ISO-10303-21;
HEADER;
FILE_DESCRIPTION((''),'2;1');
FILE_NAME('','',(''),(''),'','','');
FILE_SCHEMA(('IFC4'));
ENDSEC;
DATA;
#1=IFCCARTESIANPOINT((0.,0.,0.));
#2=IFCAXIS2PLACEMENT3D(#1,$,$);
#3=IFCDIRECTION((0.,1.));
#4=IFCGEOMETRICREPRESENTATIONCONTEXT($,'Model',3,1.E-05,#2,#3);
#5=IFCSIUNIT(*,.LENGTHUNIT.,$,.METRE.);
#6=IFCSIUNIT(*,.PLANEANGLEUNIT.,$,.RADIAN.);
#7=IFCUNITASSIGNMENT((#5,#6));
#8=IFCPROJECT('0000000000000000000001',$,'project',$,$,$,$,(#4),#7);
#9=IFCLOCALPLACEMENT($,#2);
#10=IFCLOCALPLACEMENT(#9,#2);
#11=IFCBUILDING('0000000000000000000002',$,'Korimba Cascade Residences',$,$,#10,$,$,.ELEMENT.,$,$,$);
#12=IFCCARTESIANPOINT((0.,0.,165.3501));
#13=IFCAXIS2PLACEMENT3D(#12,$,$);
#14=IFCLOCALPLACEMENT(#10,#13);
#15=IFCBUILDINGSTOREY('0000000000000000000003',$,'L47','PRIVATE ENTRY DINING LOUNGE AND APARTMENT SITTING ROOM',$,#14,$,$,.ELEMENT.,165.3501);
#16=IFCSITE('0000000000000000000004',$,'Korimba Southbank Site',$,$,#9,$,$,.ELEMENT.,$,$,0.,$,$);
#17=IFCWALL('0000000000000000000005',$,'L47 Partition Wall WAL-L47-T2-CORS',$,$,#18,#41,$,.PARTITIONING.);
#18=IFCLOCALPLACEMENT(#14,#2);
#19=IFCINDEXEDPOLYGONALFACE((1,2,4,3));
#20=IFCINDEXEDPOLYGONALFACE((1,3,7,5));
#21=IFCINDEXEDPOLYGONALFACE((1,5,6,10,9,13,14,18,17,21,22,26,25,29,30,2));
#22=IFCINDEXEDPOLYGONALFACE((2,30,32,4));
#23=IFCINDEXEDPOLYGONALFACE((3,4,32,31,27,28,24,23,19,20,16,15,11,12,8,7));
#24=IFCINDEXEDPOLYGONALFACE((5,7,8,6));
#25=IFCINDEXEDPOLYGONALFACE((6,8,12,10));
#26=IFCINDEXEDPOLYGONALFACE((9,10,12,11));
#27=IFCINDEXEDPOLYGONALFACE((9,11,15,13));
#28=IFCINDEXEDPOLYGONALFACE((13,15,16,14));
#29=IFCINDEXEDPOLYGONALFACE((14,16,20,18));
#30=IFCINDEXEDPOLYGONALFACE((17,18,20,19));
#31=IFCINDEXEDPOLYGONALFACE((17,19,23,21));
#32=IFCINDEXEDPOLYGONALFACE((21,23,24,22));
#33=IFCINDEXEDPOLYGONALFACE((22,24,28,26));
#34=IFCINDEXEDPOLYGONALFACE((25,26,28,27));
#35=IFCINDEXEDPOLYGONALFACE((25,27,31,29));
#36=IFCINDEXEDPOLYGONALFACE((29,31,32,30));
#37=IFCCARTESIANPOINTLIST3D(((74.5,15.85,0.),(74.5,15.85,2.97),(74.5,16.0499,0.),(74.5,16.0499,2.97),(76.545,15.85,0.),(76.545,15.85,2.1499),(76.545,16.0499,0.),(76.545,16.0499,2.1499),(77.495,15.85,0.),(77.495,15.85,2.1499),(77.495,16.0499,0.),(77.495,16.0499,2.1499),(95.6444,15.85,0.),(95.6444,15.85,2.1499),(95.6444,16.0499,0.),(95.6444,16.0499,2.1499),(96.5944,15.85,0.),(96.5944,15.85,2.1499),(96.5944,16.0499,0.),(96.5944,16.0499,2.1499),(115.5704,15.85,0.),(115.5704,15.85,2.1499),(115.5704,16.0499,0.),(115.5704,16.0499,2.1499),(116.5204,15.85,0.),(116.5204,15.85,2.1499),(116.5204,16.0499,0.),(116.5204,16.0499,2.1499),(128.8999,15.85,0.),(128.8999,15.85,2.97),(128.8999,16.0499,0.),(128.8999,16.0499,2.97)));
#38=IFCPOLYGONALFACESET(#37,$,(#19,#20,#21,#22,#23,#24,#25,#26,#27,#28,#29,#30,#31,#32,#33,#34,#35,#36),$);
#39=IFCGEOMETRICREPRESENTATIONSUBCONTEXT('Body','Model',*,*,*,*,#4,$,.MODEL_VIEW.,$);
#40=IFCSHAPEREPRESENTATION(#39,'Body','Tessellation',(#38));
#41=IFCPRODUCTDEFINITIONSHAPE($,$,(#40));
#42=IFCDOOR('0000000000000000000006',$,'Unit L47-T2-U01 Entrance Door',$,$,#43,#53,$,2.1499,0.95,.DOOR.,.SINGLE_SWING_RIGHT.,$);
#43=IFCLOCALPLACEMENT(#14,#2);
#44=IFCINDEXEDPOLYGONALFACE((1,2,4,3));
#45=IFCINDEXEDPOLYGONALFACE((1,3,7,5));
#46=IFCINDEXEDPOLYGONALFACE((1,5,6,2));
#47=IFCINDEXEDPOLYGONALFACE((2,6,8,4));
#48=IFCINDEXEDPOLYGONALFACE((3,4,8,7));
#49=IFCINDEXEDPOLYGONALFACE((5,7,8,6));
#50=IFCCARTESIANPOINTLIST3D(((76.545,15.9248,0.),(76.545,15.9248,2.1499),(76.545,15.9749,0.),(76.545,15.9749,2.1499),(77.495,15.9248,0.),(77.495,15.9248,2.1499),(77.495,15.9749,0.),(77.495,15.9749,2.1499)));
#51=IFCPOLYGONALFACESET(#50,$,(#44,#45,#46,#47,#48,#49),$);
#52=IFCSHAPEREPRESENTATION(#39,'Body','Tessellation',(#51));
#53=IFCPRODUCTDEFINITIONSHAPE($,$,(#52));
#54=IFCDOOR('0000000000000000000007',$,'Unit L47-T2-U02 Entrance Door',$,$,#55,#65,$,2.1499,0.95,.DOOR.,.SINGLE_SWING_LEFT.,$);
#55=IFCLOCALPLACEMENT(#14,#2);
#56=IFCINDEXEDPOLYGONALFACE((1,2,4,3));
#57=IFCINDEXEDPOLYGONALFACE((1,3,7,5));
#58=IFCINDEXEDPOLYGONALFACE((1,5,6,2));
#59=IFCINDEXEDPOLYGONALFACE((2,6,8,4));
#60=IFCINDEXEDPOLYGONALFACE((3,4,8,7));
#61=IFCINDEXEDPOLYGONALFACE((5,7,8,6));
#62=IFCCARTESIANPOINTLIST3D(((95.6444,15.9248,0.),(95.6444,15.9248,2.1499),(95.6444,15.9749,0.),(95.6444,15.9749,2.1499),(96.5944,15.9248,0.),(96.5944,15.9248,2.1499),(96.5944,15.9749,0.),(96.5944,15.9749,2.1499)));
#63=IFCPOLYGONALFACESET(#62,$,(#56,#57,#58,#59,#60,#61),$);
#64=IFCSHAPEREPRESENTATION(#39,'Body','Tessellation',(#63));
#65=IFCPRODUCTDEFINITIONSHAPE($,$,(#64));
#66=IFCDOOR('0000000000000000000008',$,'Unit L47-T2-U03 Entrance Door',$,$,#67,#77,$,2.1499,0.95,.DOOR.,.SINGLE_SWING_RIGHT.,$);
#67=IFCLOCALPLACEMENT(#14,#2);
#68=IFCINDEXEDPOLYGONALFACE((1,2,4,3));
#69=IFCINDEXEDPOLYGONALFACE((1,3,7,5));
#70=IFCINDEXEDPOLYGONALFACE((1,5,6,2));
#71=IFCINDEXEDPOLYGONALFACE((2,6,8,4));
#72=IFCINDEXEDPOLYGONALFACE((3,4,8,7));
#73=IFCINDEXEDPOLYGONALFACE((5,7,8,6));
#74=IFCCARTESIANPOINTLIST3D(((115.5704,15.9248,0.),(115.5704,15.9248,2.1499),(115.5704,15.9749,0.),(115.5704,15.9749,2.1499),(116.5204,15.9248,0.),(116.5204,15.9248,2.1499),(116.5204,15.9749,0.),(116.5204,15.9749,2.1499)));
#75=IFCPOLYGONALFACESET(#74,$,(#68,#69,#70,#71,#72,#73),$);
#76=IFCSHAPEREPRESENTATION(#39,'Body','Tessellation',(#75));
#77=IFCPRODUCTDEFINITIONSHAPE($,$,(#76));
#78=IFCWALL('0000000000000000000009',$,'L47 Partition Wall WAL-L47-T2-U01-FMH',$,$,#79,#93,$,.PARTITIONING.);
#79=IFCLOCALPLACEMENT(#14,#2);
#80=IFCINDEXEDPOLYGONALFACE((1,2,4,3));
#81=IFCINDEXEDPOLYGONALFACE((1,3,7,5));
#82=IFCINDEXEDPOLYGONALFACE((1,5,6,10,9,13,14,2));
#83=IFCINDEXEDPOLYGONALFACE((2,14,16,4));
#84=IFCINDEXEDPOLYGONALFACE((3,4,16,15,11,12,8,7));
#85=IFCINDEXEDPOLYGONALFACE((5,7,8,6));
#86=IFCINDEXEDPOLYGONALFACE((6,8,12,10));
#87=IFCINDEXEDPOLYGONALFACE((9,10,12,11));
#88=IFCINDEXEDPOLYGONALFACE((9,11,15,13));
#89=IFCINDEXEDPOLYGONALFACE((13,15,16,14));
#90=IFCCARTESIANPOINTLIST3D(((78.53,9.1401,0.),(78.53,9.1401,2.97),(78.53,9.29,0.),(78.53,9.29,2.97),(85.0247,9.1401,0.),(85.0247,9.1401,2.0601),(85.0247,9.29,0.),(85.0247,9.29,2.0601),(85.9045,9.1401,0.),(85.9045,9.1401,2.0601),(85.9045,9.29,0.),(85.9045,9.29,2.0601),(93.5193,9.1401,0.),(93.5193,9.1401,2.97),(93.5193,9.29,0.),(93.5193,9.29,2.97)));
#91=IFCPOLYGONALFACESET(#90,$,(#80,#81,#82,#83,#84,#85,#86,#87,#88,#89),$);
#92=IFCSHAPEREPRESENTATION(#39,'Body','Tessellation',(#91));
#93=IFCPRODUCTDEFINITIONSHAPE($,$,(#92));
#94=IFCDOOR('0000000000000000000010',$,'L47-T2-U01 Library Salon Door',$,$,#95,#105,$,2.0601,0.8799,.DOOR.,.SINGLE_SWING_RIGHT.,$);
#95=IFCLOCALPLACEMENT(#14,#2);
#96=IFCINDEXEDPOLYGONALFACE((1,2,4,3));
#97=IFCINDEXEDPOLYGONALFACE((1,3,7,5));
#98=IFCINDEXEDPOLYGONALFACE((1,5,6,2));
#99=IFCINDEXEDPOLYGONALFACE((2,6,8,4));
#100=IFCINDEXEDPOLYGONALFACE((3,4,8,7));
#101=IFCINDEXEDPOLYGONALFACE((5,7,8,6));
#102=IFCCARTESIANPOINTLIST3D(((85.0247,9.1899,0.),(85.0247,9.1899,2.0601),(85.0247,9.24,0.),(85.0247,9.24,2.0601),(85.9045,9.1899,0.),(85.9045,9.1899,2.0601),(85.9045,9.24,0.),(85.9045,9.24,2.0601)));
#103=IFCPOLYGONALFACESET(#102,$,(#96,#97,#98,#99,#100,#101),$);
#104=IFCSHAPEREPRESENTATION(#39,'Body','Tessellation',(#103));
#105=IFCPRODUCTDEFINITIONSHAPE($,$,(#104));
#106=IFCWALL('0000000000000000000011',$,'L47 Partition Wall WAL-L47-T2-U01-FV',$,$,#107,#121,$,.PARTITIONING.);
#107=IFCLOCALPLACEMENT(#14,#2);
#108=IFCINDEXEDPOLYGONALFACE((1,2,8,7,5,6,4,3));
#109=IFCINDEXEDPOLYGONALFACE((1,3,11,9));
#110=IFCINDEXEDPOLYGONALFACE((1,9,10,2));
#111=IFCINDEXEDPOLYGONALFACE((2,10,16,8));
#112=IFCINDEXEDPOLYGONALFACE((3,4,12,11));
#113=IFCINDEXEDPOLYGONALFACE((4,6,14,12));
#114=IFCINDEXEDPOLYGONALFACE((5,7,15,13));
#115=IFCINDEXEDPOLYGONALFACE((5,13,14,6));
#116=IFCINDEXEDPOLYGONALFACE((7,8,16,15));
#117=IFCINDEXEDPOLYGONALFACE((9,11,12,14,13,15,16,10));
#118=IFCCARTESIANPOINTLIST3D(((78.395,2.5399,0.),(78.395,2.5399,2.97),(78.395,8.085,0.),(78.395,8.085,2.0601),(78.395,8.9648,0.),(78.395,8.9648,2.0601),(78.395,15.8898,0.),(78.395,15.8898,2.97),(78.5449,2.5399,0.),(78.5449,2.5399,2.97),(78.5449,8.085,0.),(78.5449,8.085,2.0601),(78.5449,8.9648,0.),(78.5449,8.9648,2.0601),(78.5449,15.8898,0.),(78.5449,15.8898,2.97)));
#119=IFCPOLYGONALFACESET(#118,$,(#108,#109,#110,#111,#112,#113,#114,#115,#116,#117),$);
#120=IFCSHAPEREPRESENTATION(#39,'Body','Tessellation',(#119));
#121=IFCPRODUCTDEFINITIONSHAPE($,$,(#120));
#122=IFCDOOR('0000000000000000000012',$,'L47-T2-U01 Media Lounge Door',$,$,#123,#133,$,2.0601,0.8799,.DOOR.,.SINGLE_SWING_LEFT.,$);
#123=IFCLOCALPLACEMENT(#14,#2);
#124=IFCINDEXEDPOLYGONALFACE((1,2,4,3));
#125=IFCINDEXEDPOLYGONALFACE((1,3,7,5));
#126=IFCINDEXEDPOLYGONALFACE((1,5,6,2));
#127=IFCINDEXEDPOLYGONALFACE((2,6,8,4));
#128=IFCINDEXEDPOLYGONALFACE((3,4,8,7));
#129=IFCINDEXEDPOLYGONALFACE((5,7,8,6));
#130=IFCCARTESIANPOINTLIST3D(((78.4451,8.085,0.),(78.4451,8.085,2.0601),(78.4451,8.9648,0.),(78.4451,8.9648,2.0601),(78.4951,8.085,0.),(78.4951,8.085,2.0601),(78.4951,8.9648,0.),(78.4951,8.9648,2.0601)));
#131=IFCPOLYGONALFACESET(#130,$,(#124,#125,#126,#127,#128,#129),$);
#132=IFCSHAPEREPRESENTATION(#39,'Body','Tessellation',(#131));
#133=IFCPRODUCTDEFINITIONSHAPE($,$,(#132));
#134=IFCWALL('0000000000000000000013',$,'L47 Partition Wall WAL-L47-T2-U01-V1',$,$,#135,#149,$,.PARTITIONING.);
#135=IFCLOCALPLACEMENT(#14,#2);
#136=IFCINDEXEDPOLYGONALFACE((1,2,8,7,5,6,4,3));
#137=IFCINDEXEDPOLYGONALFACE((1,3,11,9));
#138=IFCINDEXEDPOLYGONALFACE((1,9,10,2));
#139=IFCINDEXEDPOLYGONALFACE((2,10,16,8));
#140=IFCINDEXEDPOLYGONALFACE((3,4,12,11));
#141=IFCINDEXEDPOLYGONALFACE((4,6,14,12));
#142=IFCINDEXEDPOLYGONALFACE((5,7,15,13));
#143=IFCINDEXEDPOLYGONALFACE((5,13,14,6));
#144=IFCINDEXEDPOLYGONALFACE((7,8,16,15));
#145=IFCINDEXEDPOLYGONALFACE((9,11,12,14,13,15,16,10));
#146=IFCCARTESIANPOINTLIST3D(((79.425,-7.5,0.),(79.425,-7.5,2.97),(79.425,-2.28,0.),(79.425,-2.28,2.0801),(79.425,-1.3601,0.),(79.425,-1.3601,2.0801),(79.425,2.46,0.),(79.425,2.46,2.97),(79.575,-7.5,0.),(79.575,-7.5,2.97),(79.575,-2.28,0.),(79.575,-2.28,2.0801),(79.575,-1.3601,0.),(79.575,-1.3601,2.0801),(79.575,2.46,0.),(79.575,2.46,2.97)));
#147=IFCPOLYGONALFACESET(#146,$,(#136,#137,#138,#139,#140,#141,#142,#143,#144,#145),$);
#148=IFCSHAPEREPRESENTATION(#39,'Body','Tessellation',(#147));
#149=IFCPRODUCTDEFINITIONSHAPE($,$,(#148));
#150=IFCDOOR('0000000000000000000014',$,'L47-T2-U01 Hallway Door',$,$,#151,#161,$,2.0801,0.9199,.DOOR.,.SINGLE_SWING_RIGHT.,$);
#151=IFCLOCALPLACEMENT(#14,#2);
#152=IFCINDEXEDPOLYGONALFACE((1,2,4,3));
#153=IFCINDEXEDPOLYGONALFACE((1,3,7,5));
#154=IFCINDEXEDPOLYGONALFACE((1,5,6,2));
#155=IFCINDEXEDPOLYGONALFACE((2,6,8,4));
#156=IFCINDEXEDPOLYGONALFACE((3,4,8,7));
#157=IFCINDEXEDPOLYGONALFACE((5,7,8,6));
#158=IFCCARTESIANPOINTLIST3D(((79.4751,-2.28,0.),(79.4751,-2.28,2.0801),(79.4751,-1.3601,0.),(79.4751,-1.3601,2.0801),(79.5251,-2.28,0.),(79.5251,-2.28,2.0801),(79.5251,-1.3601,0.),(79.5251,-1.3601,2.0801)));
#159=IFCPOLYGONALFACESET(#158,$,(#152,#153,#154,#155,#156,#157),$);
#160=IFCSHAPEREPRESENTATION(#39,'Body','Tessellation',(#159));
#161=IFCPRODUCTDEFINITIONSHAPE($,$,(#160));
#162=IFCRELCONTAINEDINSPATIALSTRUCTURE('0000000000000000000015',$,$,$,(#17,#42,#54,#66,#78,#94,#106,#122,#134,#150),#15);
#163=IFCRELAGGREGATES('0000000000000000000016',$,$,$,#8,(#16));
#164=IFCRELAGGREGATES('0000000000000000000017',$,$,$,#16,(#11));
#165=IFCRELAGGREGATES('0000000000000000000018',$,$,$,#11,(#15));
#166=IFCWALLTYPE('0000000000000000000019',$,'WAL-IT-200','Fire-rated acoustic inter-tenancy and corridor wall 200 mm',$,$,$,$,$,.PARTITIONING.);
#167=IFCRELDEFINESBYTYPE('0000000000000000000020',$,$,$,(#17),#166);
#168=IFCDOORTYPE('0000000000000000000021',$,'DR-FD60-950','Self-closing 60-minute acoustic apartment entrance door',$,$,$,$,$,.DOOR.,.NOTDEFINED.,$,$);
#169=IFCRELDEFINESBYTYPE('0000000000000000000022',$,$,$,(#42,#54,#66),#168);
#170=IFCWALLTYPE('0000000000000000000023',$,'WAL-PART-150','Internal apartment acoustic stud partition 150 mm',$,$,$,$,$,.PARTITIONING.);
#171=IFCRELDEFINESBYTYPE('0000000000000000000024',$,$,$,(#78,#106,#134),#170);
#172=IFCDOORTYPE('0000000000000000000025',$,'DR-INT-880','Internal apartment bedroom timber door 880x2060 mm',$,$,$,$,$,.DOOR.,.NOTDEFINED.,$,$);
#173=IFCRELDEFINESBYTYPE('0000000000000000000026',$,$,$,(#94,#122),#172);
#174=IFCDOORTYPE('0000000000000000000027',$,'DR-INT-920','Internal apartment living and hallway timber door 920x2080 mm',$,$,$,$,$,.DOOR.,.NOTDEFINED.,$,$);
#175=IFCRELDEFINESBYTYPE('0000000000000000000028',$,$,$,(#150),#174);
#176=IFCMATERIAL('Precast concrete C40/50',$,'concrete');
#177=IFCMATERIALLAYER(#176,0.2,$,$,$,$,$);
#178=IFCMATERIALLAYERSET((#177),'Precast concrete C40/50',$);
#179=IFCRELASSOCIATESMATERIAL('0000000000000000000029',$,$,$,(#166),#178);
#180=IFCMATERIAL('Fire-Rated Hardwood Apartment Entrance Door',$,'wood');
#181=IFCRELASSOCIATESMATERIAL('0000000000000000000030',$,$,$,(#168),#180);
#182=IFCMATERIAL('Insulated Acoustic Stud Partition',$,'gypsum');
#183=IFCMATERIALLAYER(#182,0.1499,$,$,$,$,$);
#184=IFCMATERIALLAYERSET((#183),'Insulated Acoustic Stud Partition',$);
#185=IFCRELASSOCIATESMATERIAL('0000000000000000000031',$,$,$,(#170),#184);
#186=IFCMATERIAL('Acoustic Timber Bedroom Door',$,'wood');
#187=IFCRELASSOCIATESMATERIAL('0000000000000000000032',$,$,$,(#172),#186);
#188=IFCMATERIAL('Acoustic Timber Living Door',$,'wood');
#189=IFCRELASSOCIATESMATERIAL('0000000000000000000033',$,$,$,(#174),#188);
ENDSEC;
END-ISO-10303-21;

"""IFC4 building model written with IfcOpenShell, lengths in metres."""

from ifc_helpers import new_model, si_unit, direction, frame, frame_2d, origin, place, context, subcontext, project, spatial, rectangle, extrude, material, layer, layer_set, type_object, element, fill, save


model = new_model("IFC4")

# Units and contexts
model_context = context("Model", 3, precision=1e-05, world=origin(), true_north=direction((0.0, 1.0)))
body_context = subcontext(model_context, "Body", "Model", "MODEL_VIEW")
ifc_project = project(units=[si_unit("LENGTHUNIT", "METRE"), si_unit("PLANEANGLEUNIT", "RADIAN")], contexts=[model_context])

# Site, building, storey
site_placement = place(None, origin())
site = spatial("IfcSite", under=ifc_project, at=site_placement, Name="Korimba Southbank Site", CompositionType="ELEMENT", RefElevation=0.0)
building_placement = place(site_placement, origin())
building = spatial("IfcBuilding", under=site, at=building_placement, Name="Korimba Cascade Residences", CompositionType="ELEMENT")
storey_placement = place(building_placement, frame((0.0, 0.0, 165.3501)))
storey = spatial("IfcBuildingStorey", under=building, at=storey_placement, Name="L47", Description="PRIVATE ENTRY DINING LOUNGE AND APARTMENT SITTING ROOM", CompositionType="ELEMENT", Elevation=165.3501)

# Shared definitions
ifc_material_1 = material(Name="Precast concrete C40/50", Category="concrete")

# Wall, openings, doors
ifc_layer_1 = layer(ifc_material_1, 0.2)
ifc_layer_set_1 = layer_set([ifc_layer_1], Name="Precast concrete C40/50")
wall_type_1 = type_object("IfcWallType", Name="WAL-IT-200", Description="Fire-rated acoustic inter-tenancy and corridor wall 200 mm", PredefinedType="PARTITIONING", material=ifc_layer_set_1)
wall_1_placement = place(storey_placement, frame((74.5, 15.95, 0.0), z_axis=(0.0, 0.0, 1.0), x_axis=(1.0, 0.0, 0.0)))
wall_1 = element("IfcWall", 1, at=wall_1_placement, inside=storey, type_object=wall_type_1, Name="L47 Partition Wall WAL-L47-T2-CORS", PredefinedType="PARTITIONING", context=body_context, shape_type="SweptSolid", body=[
    extrude(rectangle(XDim=54.3999, YDim=0.2, at=frame_2d((27.2, 0.0))), origin(), (0.0, 0.0, 1.0), 2.97),
])
opening_1_placement = place(wall_1_placement, frame((2.0449, 0.0, 0.0)))
opening_1 = element("IfcOpeningElement", 2, at=opening_1_placement, cuts=wall_1, PredefinedType="OPENING", context=body_context, shape_type="SweptSolid", body=[
    extrude(rectangle(XDim=0.95, YDim=2.1499, at=frame_2d((0.4751, 1.075))), frame((0.0, 0.1099, 0.0), z_axis=(0.0, -1.0, 0.0), x_axis=(1.0, 0.0, 0.0)), (0.0, 0.0, 1.0), 0.22),
])
opening_2_placement = place(wall_1_placement, frame((21.1443, 0.0, 0.0)))
opening_2 = element("IfcOpeningElement", 3, at=opening_2_placement, cuts=wall_1, PredefinedType="OPENING", context=body_context, shape_type="SweptSolid", body=[
    extrude(rectangle(XDim=0.95, YDim=2.1499, at=frame_2d((0.4751, 1.075))), frame((0.0, 0.1099, 0.0), z_axis=(0.0, -1.0, 0.0), x_axis=(1.0, 0.0, 0.0)), (0.0, 0.0, 1.0), 0.22),
])
opening_3_placement = place(wall_1_placement, frame((41.0703, 0.0, 0.0)))
opening_3 = element("IfcOpeningElement", 4, at=opening_3_placement, cuts=wall_1, PredefinedType="OPENING", context=body_context, shape_type="SweptSolid", body=[
    extrude(rectangle(XDim=0.95, YDim=2.1499, at=frame_2d((0.4751, 1.075))), frame((0.0, 0.1099, 0.0), z_axis=(0.0, -1.0, 0.0), x_axis=(1.0, 0.0, 0.0)), (0.0, 0.0, 1.0), 0.22),
])
ifc_material_2 = material(Name="Fire-Rated Hardwood Apartment Entrance Door", Category="wood")
door_type_1 = type_object("IfcDoorType", Name="DR-FD60-950", Description="Self-closing 60-minute acoustic apartment entrance door", OperationType="NOTDEFINED", PredefinedType="DOOR", material=ifc_material_2)
door_1_placement = place(opening_1_placement, origin())
door_1 = element("IfcDoor", 5, at=door_1_placement, inside=storey, type_object=door_type_1, Name="Unit L47-T2-U01 Entrance Door", OperationType="SINGLE_SWING_RIGHT", OverallHeight=2.1499, OverallWidth=0.95, PredefinedType="DOOR", context=body_context, shape_type="SweptSolid", body=[
    extrude(rectangle(XDim=0.95, YDim=2.1499, at=frame_2d((0.4751, 1.075))), frame((0.0, 0.0249, 0.0), z_axis=(0.0, -1.0, 0.0), x_axis=(1.0, 0.0, 0.0)), (0.0, 0.0, 1.0), 0.05),
])
fill(opening_1, door_1)
door_2_placement = place(opening_2_placement, origin())
door_2 = element("IfcDoor", 6, at=door_2_placement, inside=storey, type_object=door_type_1, Name="Unit L47-T2-U02 Entrance Door", OperationType="SINGLE_SWING_LEFT", OverallHeight=2.1499, OverallWidth=0.95, PredefinedType="DOOR", context=body_context, shape_type="SweptSolid", body=[
    extrude(rectangle(XDim=0.95, YDim=2.1499, at=frame_2d((0.4751, 1.075))), frame((0.0, 0.0249, 0.0), z_axis=(0.0, -1.0, 0.0), x_axis=(1.0, 0.0, 0.0)), (0.0, 0.0, 1.0), 0.05),
])
fill(opening_2, door_2)
door_3_placement = place(opening_3_placement, origin())
door_3 = element("IfcDoor", 7, at=door_3_placement, inside=storey, type_object=door_type_1, Name="Unit L47-T2-U03 Entrance Door", OperationType="SINGLE_SWING_RIGHT", OverallHeight=2.1499, OverallWidth=0.95, PredefinedType="DOOR", context=body_context, shape_type="SweptSolid", body=[
    extrude(rectangle(XDim=0.95, YDim=2.1499, at=frame_2d((0.4751, 1.075))), frame((0.0, 0.0249, 0.0), z_axis=(0.0, -1.0, 0.0), x_axis=(1.0, 0.0, 0.0)), (0.0, 0.0, 1.0), 0.05),
])
fill(opening_3, door_3)

# Walls, openings, doors
ifc_material_3 = material(Name="Insulated Acoustic Stud Partition", Category="gypsum")
ifc_layer_2 = layer(ifc_material_3, 0.1499)
ifc_layer_set_2 = layer_set([ifc_layer_2], Name="Insulated Acoustic Stud Partition")
wall_type_2 = type_object("IfcWallType", Name="WAL-PART-150", Description="Internal apartment acoustic stud partition 150 mm", PredefinedType="PARTITIONING", material=ifc_layer_set_2)
wall_2_placement = place(storey_placement, frame((78.53, 9.2151, 0.0), z_axis=(0.0, 0.0, 1.0), x_axis=(1.0, 0.0, 0.0)))
wall_2 = element("IfcWall", 8, at=wall_2_placement, inside=storey, type_object=wall_type_2, Name="L47 Partition Wall WAL-L47-T2-U01-FMH", PredefinedType="PARTITIONING", context=body_context, shape_type="SweptSolid", body=[
    extrude(rectangle(XDim=14.9893, YDim=0.1499, at=frame_2d((7.4946, 0.0))), origin(), (0.0, 0.0, 1.0), 2.97),
])
opening_4_placement = place(wall_2_placement, frame((6.4946, 0.0, 0.0)))
opening_4 = element("IfcOpeningElement", 9, at=opening_4_placement, cuts=wall_2, PredefinedType="OPENING", context=body_context, shape_type="SweptSolid", body=[
    extrude(rectangle(XDim=0.8799, YDim=2.0601, at=frame_2d((0.4399, 1.03))), frame((0.0, 0.085, 0.0), z_axis=(0.0, -1.0, 0.0), x_axis=(1.0, 0.0, 0.0)), (0.0, 0.0, 1.0), 0.1699),
])
ifc_material_4 = material(Name="Acoustic Timber Bedroom Door", Category="wood")
door_type_2 = type_object("IfcDoorType", Name="DR-INT-880", Description="Internal apartment bedroom timber door 880x2060 mm", OperationType="NOTDEFINED", PredefinedType="DOOR", material=ifc_material_4)
door_4_placement = place(opening_4_placement, origin())
door_4 = element("IfcDoor", 10, at=door_4_placement, inside=storey, type_object=door_type_2, Name="L47-T2-U01 Library Salon Door", OperationType="SINGLE_SWING_RIGHT", OverallHeight=2.0601, OverallWidth=0.8799, PredefinedType="DOOR", context=body_context, shape_type="SweptSolid", body=[
    extrude(rectangle(XDim=0.8799, YDim=2.0601, at=frame_2d((0.4399, 1.03))), frame((0.0, 0.0249, 0.0), z_axis=(0.0, -1.0, 0.0), x_axis=(1.0, 0.0, 0.0)), (0.0, 0.0, 1.0), 0.05),
])
fill(opening_4, door_4)
wall_3_placement = place(storey_placement, frame((78.47, 2.54, 0.0), z_axis=(0.0, 0.0, 1.0), x_axis=(0.0, 1.0, 0.0)))
wall_3 = element("IfcWall", 11, at=wall_3_placement, inside=storey, type_object=wall_type_2, Name="L47 Partition Wall WAL-L47-T2-U01-FV", PredefinedType="PARTITIONING", context=body_context, shape_type="SweptSolid", body=[
    extrude(rectangle(XDim=13.3499, YDim=0.1499, at=frame_2d((6.6748, 0.0))), origin(), (0.0, 0.0, 1.0), 2.97),
])
opening_5_placement = place(wall_3_placement, frame((5.5449, 0.0, 0.0)))
opening_5 = element("IfcOpeningElement", 12, at=opening_5_placement, cuts=wall_3, PredefinedType="OPENING", context=body_context, shape_type="SweptSolid", body=[
    extrude(rectangle(XDim=0.8799, YDim=2.0601, at=frame_2d((0.4399, 1.03))), frame((0.0, 0.085, 0.0), z_axis=(0.0, -1.0, 0.0), x_axis=(1.0, 0.0, 0.0)), (0.0, 0.0, 1.0), 0.1699),
])
door_5_placement = place(opening_5_placement, origin())
door_5 = element("IfcDoor", 13, at=door_5_placement, inside=storey, type_object=door_type_2, Name="L47-T2-U01 Media Lounge Door", OperationType="SINGLE_SWING_LEFT", OverallHeight=2.0601, OverallWidth=0.8799, PredefinedType="DOOR", context=body_context, shape_type="SweptSolid", body=[
    extrude(rectangle(XDim=0.8799, YDim=2.0601, at=frame_2d((0.4399, 1.03))), frame((0.0, 0.0249, 0.0), z_axis=(0.0, -1.0, 0.0), x_axis=(1.0, 0.0, 0.0)), (0.0, 0.0, 1.0), 0.05),
])
fill(opening_5, door_5)
wall_4_placement = place(storey_placement, frame((79.5, -7.5, 0.0), z_axis=(0.0, 0.0, 1.0), x_axis=(0.0, 1.0, 0.0)))
wall_4 = element("IfcWall", 14, at=wall_4_placement, inside=storey, type_object=wall_type_2, Name="L47 Partition Wall WAL-L47-T2-U01-V1", PredefinedType="PARTITIONING", context=body_context, shape_type="SweptSolid", body=[
    extrude(rectangle(XDim=9.96, YDim=0.1499, at=frame_2d((4.98, 0.0))), origin(), (0.0, 0.0, 1.0), 2.97),
])
opening_6_placement = place(wall_4_placement, frame((5.22, 0.0, 0.0)))
opening_6 = element("IfcOpeningElement", 15, at=opening_6_placement, cuts=wall_4, PredefinedType="OPENING", context=body_context, shape_type="SweptSolid", body=[
    extrude(rectangle(XDim=0.9199, YDim=2.0801, at=frame_2d((0.46, 1.04))), frame((0.0, 0.085, 0.0), z_axis=(0.0, -1.0, 0.0), x_axis=(1.0, 0.0, 0.0)), (0.0, 0.0, 1.0), 0.1699),
])
ifc_material_5 = material(Name="Acoustic Timber Living Door", Category="wood")
door_type_3 = type_object("IfcDoorType", Name="DR-INT-920", Description="Internal apartment living and hallway timber door 920x2080 mm", OperationType="NOTDEFINED", PredefinedType="DOOR", material=ifc_material_5)
door_6_placement = place(opening_6_placement, origin())
door_6 = element("IfcDoor", 16, at=door_6_placement, inside=storey, type_object=door_type_3, Name="L47-T2-U01 Hallway Door", OperationType="SINGLE_SWING_RIGHT", OverallHeight=2.0801, OverallWidth=0.9199, PredefinedType="DOOR", context=body_context, shape_type="SweptSolid", body=[
    extrude(rectangle(XDim=0.9199, YDim=2.0801, at=frame_2d((0.46, 1.04))), frame((0.0, 0.0249, 0.0), z_axis=(0.0, -1.0, 0.0), x_axis=(1.0, 0.0, 0.0)), (0.0, 0.0, 1.0), 0.05),
])
fill(opening_6, door_6)

save(model, "model.ifc")
